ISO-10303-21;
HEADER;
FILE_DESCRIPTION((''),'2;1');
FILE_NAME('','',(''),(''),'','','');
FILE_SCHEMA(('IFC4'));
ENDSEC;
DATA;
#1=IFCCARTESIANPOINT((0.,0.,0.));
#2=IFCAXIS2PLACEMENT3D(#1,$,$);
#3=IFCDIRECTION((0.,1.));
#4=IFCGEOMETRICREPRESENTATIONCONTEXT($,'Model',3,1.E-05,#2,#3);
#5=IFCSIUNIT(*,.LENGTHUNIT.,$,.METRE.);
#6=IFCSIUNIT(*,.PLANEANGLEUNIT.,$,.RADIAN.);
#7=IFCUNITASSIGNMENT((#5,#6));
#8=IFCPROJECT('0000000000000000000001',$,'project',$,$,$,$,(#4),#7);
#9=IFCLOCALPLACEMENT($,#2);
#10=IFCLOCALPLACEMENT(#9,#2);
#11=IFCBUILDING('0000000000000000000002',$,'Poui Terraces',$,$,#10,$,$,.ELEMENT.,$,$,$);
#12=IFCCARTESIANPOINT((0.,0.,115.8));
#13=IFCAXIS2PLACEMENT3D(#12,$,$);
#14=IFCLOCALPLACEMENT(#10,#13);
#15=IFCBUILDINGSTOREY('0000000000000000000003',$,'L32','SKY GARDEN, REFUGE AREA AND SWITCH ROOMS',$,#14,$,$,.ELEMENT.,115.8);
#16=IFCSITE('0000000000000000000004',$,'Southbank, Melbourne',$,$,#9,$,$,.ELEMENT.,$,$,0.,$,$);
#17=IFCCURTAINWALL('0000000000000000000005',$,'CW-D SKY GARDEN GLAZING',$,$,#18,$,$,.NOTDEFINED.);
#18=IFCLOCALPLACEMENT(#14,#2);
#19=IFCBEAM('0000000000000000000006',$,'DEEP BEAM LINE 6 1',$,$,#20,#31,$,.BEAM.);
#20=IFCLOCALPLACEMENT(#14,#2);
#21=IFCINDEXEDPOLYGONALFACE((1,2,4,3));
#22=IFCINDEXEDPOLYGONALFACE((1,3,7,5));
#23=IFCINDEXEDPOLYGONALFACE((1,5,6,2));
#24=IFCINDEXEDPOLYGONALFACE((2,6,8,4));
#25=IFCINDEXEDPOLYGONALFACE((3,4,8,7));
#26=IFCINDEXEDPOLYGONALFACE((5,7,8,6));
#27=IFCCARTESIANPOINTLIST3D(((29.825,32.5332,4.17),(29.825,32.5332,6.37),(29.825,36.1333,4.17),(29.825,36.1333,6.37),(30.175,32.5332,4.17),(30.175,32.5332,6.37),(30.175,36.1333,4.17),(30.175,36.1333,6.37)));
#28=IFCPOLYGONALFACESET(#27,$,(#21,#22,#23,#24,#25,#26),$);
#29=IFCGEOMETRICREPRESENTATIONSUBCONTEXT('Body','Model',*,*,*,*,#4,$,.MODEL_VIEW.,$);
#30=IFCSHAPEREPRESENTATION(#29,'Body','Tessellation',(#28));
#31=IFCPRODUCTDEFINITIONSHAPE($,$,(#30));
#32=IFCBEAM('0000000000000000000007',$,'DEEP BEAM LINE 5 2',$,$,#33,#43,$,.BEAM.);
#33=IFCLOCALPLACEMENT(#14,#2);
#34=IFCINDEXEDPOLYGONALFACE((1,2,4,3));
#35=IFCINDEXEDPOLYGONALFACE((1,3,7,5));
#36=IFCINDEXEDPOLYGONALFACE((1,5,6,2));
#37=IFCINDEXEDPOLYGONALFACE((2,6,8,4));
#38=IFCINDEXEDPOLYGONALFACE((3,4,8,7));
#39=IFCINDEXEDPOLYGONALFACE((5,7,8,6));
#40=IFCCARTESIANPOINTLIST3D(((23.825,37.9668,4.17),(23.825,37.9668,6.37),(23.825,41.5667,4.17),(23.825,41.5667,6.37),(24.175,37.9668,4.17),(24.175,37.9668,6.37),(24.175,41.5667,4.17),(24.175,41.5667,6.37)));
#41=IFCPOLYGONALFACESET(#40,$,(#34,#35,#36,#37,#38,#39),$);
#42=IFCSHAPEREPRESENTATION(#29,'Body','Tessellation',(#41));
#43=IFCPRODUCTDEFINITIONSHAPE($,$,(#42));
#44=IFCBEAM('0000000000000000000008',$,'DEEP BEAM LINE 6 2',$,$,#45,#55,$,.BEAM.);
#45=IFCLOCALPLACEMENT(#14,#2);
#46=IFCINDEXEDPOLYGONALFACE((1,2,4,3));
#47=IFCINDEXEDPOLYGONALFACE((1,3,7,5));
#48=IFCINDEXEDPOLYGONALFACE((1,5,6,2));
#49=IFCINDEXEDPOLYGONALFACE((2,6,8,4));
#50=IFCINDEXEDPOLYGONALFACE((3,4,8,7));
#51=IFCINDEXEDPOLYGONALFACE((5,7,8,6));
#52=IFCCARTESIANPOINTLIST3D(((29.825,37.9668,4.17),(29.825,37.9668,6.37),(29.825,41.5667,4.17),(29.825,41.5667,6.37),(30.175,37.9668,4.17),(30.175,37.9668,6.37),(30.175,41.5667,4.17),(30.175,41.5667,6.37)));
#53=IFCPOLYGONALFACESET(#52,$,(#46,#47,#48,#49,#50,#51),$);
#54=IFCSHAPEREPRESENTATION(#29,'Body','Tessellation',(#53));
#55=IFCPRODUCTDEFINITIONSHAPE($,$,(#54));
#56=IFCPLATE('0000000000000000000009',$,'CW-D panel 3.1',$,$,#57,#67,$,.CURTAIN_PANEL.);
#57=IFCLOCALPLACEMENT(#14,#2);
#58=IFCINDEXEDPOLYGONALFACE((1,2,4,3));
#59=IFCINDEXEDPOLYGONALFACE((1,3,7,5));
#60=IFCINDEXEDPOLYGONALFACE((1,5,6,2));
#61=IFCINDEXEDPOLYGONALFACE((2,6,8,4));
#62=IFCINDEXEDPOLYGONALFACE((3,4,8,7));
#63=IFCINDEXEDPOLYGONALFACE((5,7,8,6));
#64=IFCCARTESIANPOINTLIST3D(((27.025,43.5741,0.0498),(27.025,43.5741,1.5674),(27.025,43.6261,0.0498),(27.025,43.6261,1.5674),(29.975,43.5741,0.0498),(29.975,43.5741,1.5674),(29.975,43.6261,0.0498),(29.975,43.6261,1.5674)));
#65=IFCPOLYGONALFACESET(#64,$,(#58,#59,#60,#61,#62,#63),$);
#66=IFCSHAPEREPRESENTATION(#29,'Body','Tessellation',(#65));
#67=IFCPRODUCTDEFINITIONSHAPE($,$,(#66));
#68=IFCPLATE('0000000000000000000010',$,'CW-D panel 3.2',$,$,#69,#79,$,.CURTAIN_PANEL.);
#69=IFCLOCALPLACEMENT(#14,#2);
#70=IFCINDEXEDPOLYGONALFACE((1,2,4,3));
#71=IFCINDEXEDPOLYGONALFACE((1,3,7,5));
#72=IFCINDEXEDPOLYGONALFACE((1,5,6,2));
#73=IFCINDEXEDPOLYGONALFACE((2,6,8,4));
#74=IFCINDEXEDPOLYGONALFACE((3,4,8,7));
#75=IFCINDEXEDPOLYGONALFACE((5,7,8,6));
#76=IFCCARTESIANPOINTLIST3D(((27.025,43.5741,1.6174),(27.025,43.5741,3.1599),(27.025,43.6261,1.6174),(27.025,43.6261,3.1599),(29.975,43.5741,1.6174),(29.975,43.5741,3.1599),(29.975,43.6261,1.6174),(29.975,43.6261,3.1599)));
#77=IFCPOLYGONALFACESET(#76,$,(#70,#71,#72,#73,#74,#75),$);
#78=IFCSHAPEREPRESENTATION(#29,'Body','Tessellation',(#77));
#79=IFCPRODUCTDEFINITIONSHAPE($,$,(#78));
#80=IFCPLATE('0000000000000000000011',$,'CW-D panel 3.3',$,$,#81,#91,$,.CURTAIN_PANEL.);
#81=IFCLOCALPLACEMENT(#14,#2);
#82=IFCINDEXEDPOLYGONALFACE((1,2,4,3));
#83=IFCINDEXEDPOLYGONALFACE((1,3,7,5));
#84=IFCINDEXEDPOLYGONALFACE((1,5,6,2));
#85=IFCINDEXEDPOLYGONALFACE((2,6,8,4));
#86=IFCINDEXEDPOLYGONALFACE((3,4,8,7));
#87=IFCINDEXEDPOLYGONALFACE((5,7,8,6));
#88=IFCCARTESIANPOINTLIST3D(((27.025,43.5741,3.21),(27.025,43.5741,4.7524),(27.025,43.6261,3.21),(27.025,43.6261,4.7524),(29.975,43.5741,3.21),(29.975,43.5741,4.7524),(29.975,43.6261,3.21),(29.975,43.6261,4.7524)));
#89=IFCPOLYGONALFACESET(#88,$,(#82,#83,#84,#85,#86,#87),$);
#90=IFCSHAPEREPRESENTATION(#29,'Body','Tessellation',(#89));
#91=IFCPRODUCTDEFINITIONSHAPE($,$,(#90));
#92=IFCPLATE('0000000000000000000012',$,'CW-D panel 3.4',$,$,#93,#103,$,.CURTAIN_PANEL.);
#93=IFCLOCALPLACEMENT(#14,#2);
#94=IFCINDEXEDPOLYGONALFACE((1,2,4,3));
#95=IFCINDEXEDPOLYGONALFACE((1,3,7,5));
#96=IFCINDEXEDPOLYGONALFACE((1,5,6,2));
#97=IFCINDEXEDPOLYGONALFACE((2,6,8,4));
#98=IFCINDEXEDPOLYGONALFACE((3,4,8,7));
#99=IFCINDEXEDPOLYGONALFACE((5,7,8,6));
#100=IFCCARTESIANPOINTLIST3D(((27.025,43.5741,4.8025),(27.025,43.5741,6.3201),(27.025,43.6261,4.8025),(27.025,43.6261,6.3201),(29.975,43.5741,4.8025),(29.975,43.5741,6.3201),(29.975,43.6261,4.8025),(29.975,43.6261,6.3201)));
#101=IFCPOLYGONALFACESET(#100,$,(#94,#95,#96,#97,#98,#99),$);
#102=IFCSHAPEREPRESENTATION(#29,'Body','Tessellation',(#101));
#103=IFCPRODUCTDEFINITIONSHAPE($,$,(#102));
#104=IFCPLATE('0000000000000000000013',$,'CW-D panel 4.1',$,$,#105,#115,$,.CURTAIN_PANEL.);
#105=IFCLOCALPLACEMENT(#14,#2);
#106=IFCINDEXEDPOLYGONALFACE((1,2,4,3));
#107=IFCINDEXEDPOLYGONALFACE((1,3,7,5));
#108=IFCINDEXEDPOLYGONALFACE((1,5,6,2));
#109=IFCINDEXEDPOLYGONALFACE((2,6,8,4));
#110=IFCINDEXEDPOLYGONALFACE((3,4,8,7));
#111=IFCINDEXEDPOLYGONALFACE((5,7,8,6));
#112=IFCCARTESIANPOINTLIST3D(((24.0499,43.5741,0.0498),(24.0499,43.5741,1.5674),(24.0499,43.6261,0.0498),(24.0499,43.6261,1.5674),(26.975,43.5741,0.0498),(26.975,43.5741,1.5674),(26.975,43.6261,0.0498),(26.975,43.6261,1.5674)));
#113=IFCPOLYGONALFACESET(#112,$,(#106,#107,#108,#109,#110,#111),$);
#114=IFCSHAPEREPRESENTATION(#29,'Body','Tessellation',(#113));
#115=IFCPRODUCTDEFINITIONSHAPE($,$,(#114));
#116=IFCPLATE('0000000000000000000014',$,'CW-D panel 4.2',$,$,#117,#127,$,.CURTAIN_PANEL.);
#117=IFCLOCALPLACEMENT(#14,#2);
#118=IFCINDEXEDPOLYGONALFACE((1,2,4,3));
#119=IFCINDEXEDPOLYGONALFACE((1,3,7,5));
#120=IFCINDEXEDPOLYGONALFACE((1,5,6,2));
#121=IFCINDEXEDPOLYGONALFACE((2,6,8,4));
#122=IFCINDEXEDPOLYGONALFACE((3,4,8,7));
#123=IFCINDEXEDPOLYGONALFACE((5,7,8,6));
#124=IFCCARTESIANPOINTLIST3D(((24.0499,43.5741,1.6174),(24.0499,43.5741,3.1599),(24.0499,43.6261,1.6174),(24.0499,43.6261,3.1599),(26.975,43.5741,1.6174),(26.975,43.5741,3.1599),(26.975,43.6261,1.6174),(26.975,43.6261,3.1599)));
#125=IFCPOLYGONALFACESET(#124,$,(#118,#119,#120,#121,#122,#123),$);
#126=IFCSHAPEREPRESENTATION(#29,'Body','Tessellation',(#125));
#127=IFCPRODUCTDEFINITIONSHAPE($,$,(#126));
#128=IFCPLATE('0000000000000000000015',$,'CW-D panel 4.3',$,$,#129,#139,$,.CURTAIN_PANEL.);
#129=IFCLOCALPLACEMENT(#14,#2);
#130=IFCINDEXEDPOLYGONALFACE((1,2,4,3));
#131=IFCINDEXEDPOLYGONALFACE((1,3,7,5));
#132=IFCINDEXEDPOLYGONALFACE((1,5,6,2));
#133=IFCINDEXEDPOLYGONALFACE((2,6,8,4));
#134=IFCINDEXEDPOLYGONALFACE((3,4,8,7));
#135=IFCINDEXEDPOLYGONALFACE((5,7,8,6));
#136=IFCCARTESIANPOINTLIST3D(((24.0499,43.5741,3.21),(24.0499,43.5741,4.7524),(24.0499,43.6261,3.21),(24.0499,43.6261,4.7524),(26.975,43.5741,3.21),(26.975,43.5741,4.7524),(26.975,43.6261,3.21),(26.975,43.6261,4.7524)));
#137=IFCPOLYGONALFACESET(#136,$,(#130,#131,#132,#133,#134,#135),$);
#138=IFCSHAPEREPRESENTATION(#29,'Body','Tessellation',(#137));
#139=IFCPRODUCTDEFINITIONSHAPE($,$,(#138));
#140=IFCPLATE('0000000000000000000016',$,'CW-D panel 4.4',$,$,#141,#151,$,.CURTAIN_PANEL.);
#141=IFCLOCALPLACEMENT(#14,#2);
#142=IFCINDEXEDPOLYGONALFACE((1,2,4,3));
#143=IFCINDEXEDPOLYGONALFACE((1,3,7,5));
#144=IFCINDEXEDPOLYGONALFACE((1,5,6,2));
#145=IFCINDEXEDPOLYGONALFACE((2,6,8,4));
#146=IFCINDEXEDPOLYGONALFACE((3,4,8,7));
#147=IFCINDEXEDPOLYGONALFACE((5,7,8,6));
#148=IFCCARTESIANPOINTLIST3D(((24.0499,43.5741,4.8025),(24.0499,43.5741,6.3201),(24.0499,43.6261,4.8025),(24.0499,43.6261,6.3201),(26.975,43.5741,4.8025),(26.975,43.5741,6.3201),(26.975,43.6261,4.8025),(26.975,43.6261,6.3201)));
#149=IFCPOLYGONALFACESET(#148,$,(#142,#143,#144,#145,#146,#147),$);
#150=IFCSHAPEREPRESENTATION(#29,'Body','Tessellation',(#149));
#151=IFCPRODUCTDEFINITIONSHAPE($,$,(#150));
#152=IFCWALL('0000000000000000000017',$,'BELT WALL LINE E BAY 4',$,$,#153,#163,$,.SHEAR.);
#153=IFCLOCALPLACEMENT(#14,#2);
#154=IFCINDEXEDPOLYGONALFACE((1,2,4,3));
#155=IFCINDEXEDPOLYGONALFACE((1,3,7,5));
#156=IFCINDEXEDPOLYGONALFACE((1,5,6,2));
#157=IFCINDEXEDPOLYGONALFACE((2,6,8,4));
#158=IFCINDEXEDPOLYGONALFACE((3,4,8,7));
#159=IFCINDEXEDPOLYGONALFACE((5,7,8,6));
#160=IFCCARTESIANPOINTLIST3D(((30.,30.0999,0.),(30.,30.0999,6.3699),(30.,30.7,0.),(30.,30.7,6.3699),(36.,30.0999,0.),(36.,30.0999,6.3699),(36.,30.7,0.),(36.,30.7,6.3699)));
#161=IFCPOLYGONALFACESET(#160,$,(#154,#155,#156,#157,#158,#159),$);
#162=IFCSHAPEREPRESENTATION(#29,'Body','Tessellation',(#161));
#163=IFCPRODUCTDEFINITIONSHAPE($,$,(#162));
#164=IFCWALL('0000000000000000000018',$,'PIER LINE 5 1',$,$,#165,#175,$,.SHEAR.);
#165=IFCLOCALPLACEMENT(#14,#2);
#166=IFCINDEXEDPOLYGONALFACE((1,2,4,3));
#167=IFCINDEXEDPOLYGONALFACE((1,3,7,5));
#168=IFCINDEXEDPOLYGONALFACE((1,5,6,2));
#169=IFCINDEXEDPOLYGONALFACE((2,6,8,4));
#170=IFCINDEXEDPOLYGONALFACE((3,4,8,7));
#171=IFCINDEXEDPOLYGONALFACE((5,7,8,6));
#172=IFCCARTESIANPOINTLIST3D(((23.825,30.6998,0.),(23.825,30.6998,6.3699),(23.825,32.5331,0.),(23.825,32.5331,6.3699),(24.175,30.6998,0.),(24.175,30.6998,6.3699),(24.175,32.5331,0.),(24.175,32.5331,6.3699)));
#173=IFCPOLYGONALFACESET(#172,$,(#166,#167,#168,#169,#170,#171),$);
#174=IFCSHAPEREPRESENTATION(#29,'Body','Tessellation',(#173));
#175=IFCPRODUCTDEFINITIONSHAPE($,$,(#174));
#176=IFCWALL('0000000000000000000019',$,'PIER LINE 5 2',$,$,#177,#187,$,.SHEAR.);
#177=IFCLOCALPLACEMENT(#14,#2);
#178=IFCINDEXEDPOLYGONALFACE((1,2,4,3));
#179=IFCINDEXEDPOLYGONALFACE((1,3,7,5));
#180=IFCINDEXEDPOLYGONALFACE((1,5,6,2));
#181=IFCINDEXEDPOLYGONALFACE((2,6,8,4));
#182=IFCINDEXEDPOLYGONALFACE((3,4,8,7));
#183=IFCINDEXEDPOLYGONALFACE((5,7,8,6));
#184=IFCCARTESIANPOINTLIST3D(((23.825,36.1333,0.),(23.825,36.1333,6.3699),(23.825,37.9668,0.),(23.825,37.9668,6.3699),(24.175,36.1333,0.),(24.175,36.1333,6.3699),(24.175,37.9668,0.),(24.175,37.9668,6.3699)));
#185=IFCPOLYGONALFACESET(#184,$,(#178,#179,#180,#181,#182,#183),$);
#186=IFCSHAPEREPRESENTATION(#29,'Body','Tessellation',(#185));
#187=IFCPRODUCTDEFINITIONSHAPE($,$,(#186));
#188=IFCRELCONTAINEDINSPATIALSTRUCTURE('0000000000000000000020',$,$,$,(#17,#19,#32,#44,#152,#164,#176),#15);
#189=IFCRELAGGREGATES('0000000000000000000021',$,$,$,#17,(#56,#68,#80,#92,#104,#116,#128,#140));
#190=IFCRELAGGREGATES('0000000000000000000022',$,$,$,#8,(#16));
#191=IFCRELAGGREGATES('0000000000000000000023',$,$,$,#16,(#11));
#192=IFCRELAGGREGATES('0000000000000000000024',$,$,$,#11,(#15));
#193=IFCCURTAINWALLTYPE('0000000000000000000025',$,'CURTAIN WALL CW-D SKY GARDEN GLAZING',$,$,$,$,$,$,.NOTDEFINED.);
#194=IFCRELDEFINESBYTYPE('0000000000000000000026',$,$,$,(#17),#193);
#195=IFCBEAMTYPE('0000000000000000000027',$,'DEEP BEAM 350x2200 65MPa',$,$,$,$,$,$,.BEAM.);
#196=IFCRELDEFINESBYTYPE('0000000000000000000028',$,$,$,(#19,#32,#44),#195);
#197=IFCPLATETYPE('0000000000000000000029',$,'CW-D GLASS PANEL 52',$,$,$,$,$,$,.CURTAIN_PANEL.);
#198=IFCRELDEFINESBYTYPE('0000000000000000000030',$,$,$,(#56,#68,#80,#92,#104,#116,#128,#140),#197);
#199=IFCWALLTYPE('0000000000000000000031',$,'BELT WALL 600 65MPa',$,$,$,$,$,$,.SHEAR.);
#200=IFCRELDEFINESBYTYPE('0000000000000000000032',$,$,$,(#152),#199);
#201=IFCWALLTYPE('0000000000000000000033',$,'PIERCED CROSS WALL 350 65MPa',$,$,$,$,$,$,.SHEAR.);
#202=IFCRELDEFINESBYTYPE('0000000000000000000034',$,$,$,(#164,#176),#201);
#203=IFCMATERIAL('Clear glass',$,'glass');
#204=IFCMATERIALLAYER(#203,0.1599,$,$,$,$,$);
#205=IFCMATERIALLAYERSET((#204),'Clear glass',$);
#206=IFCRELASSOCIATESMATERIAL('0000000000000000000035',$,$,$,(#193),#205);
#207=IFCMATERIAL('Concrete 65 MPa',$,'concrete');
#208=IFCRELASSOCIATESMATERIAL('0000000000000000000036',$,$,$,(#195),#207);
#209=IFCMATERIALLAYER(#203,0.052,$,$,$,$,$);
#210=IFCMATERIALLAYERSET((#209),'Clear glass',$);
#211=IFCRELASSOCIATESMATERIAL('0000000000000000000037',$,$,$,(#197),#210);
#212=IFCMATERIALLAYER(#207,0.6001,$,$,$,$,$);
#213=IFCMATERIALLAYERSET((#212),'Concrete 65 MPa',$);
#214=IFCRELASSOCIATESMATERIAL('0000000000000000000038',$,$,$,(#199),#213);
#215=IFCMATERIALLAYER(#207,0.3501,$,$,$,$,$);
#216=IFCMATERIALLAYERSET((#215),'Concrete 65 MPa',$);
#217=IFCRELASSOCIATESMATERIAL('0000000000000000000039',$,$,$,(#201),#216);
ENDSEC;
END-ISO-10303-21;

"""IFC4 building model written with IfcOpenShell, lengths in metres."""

from ifc_helpers import new_model, si_unit, direction, frame, frame_2d, origin, origin_2d, place, context, subcontext, project, spatial, rectangle, extrude, source, transform, mapped, material, layer, layer_set, material_profile, profile_set, type_object, element, aggregate, save


model = new_model("IFC4")

# Units and contexts
model_context = context("Model", 3, precision=1e-05, world=origin(), true_north=direction((0.0, 1.0)))
body_context = subcontext(model_context, "Body", "Model", "MODEL_VIEW")
ifc_project = project(units=[si_unit("LENGTHUNIT", "METRE"), si_unit("PLANEANGLEUNIT", "RADIAN")], contexts=[model_context])

# Site, building, storey
site_placement = place(None, origin())
site = spatial("IfcSite", under=ifc_project, at=site_placement, Name="Southbank, Melbourne", CompositionType="ELEMENT", RefElevation=0.0)
building_placement = place(site_placement, origin())
building = spatial("IfcBuilding", under=site, at=building_placement, Name="Poui Terraces", CompositionType="ELEMENT")
storey_placement = place(building_placement, frame((0.0, 0.0, 115.8)))
storey = spatial("IfcBuildingStorey", under=building, at=storey_placement, Name="L32", Description="SKY GARDEN, REFUGE AREA AND SWITCH ROOMS", CompositionType="ELEMENT", Elevation=115.8)

# Curtain wall
ifc_material_1 = material(Name="Clear glass", Category="glass")
ifc_layer_1 = layer(ifc_material_1, 0.1599)
ifc_layer_set_1 = layer_set([ifc_layer_1], Name="Clear glass")
curtain_wall_type = type_object("IfcCurtainWallType", Name="CURTAIN WALL CW-D SKY GARDEN GLAZING", PredefinedType="NOTDEFINED", material=ifc_layer_set_1)
curtain_wall_placement = place(storey_placement, origin())
curtain_wall = element("IfcCurtainWall", 1, at=curtain_wall_placement, inside=storey, type_object=curtain_wall_type, Name="CW-D SKY GARDEN GLAZING", PredefinedType="NOTDEFINED")

# Beams
ifc_material_2 = material(Name="Concrete 65 MPa", Category="concrete")
ifc_material_profile_1 = material_profile(ifc_material_2, rectangle(XDim=0.3501, YDim=2.2, at=origin_2d()), Name="RC 350x2200")
ifc_profile_set_1 = profile_set([ifc_material_profile_1], Name="Concrete 65 MPa")
beam_type = type_object("IfcBeamType", Name="DEEP BEAM 350x2200 65MPa", PredefinedType="BEAM", material=ifc_profile_set_1)
shared_shape_1 = source(origin(), body_context, "Body", "SweptSolid", [
    extrude(rectangle(XDim=0.3501, YDim=2.2, at=origin_2d()), origin(), (0.0, 0.0, 1.0), 3.6001),
])
for number, where, z_axis, x_axis, name in (
    (2, (30.0, 32.5332, 5.27), (0.0, 1.0, 0.0), (-1.0, 0.0, 0.0), "DEEP BEAM LINE 6 1"),
):
    element("IfcBeam", number, at=place(storey_placement, frame(where, z_axis=z_axis, x_axis=x_axis)), inside=storey, type_object=beam_type, Name=name, PredefinedType="BEAM", context=body_context, shape_type="MappedRepresentation", body=[
        mapped(shared_shape_1, transform((0.0, 0.0, 0.0))),
    ])
shared_shape_2 = source(origin(), body_context, "Body", "SweptSolid", [
    extrude(rectangle(XDim=0.3501, YDim=2.2, at=origin_2d()), origin(), (0.0, 0.0, 1.0), 3.5999),
])
for number, where, z_axis, x_axis, name in (
    (3, (24.0, 37.9668, 5.27), (0.0, 1.0, 0.0), (-1.0, 0.0, 0.0), "DEEP BEAM LINE 5 2"),
    (4, (30.0, 37.9668, 5.27), (0.0, 1.0, 0.0), (-1.0, 0.0, 0.0), "DEEP BEAM LINE 6 2"),
):
    element("IfcBeam", number, at=place(storey_placement, frame(where, z_axis=z_axis, x_axis=x_axis)), inside=storey, type_object=beam_type, Name=name, PredefinedType="BEAM", context=body_context, shape_type="MappedRepresentation", body=[
        mapped(shared_shape_2, transform((0.0, 0.0, 0.0))),
    ])

# Plates
ifc_layer_2 = layer(ifc_material_1, 0.052)
ifc_layer_set_2 = layer_set([ifc_layer_2], Name="Clear glass")
plate_type = type_object("IfcPlateType", Name="CW-D GLASS PANEL 52", PredefinedType="CURTAIN_PANEL", material=ifc_layer_set_2)
plate_1_placement = place(storey_placement, frame((28.5, 43.6001, 0.0498), z_axis=(0.0, 0.0, 1.0), x_axis=(-1.0, 0.0, 0.0)))
plate_1 = element("IfcPlate", 5, at=plate_1_placement, type_object=plate_type, Name="CW-D panel 3.1", PredefinedType="CURTAIN_PANEL", context=body_context, shape_type="SweptSolid", body=[
    extrude(rectangle(XDim=2.95, YDim=0.052, at=origin_2d()), origin(), (0.0, 0.0, 1.0), 1.5176),
])
plate_2_placement = place(storey_placement, frame((28.5, 43.6001, 1.6174), z_axis=(0.0, 0.0, 1.0), x_axis=(-1.0, 0.0, 0.0)))
plate_2 = element("IfcPlate", 6, at=plate_2_placement, type_object=plate_type, Name="CW-D panel 3.2", PredefinedType="CURTAIN_PANEL", context=body_context, shape_type="SweptSolid", body=[
    extrude(rectangle(XDim=2.95, YDim=0.052, at=origin_2d()), origin(), (0.0, 0.0, 1.0), 1.5425),
])
plate_3_placement = place(storey_placement, frame((28.5, 43.6001, 3.21), z_axis=(0.0, 0.0, 1.0), x_axis=(-1.0, 0.0, 0.0)))
plate_3 = element("IfcPlate", 7, at=plate_3_placement, type_object=plate_type, Name="CW-D panel 3.3", PredefinedType="CURTAIN_PANEL", context=body_context, shape_type="SweptSolid", body=[
    extrude(rectangle(XDim=2.95, YDim=0.052, at=origin_2d()), origin(), (0.0, 0.0, 1.0), 1.5425),
])
plate_4_placement = place(storey_placement, frame((28.5, 43.6001, 4.8025), z_axis=(0.0, 0.0, 1.0), x_axis=(-1.0, 0.0, 0.0)))
plate_4 = element("IfcPlate", 8, at=plate_4_placement, type_object=plate_type, Name="CW-D panel 3.4", PredefinedType="CURTAIN_PANEL", context=body_context, shape_type="SweptSolid", body=[
    extrude(rectangle(XDim=2.95, YDim=0.052, at=origin_2d()), origin(), (0.0, 0.0, 1.0), 1.5176),
])
plate_5_placement = place(storey_placement, frame((25.5125, 43.6001, 0.0498), z_axis=(0.0, 0.0, 1.0), x_axis=(-1.0, 0.0, 0.0)))
plate_5 = element("IfcPlate", 9, at=plate_5_placement, type_object=plate_type, Name="CW-D panel 4.1", PredefinedType="CURTAIN_PANEL", context=body_context, shape_type="SweptSolid", body=[
    extrude(rectangle(XDim=2.925, YDim=0.052, at=origin_2d()), origin(), (0.0, 0.0, 1.0), 1.5176),
])
plate_6_placement = place(storey_placement, frame((25.5125, 43.6001, 1.6174), z_axis=(0.0, 0.0, 1.0), x_axis=(-1.0, 0.0, 0.0)))
plate_6 = element("IfcPlate", 10, at=plate_6_placement, type_object=plate_type, Name="CW-D panel 4.2", PredefinedType="CURTAIN_PANEL", context=body_context, shape_type="SweptSolid", body=[
    extrude(rectangle(XDim=2.925, YDim=0.052, at=origin_2d()), origin(), (0.0, 0.0, 1.0), 1.5425),
])
plate_7_placement = place(storey_placement, frame((25.5125, 43.6001, 3.21), z_axis=(0.0, 0.0, 1.0), x_axis=(-1.0, 0.0, 0.0)))
plate_7 = element("IfcPlate", 11, at=plate_7_placement, type_object=plate_type, Name="CW-D panel 4.3", PredefinedType="CURTAIN_PANEL", context=body_context, shape_type="SweptSolid", body=[
    extrude(rectangle(XDim=2.925, YDim=0.052, at=origin_2d()), origin(), (0.0, 0.0, 1.0), 1.5425),
])
plate_8_placement = place(storey_placement, frame((25.5125, 43.6001, 4.8025), z_axis=(0.0, 0.0, 1.0), x_axis=(-1.0, 0.0, 0.0)))
plate_8 = element("IfcPlate", 12, at=plate_8_placement, type_object=plate_type, Name="CW-D panel 4.4", PredefinedType="CURTAIN_PANEL", context=body_context, shape_type="SweptSolid", body=[
    extrude(rectangle(XDim=2.925, YDim=0.052, at=origin_2d()), origin(), (0.0, 0.0, 1.0), 1.5176),
])
aggregate(curtain_wall, [plate_1, plate_2, plate_3, plate_4, plate_5, plate_6, plate_7, plate_8])

# Walls
ifc_layer_3 = layer(ifc_material_2, 0.6001)
ifc_layer_set_3 = layer_set([ifc_layer_3], Name="Concrete 65 MPa")
wall_type_1 = type_object("IfcWallType", Name="BELT WALL 600 65MPa", PredefinedType="SHEAR", material=ifc_layer_set_3)
wall_1_placement = place(storey_placement, frame((30.0, 30.3999, 0.0), z_axis=(0.0, 0.0, 1.0), x_axis=(1.0, 0.0, 0.0)))
element("IfcWall", 13, at=wall_1_placement, inside=storey, type_object=wall_type_1, Name="BELT WALL LINE E BAY 4", PredefinedType="SHEAR", context=body_context, shape_type="SweptSolid", body=[
    extrude(rectangle(XDim=6.0, YDim=0.6001, at=frame_2d((3.0, 0.0))), origin(), (0.0, 0.0, 1.0), 6.3699),
])
ifc_layer_4 = layer(ifc_material_2, 0.3501)
ifc_layer_set_4 = layer_set([ifc_layer_4], Name="Concrete 65 MPa")
wall_type_2 = type_object("IfcWallType", Name="PIERCED CROSS WALL 350 65MPa", PredefinedType="SHEAR", material=ifc_layer_set_4)
wall_2_placement = place(storey_placement, frame((24.0, 30.7, 0.0), z_axis=(0.0, 0.0, 1.0), x_axis=(0.0, 1.0, 0.0)))
element("IfcWall", 14, at=wall_2_placement, inside=storey, type_object=wall_type_2, Name="PIER LINE 5 1", PredefinedType="SHEAR", context=body_context, shape_type="SweptSolid", body=[
    extrude(rectangle(XDim=1.8333, YDim=0.3501, at=frame_2d((0.9165, 0.0))), origin(), (0.0, 0.0, 1.0), 6.3699),
])
wall_3_placement = place(storey_placement, frame((24.0, 36.1333, 0.0), z_axis=(0.0, 0.0, 1.0), x_axis=(0.0, 1.0, 0.0)))
element("IfcWall", 15, at=wall_3_placement, inside=storey, type_object=wall_type_2, Name="PIER LINE 5 2", PredefinedType="SHEAR", context=body_context, shape_type="SweptSolid", body=[
    extrude(rectangle(XDim=1.8335, YDim=0.3501, at=frame_2d((0.9167, 0.0))), origin(), (0.0, 0.0, 1.0), 6.3699),
])

save(model, "model.ifc")
